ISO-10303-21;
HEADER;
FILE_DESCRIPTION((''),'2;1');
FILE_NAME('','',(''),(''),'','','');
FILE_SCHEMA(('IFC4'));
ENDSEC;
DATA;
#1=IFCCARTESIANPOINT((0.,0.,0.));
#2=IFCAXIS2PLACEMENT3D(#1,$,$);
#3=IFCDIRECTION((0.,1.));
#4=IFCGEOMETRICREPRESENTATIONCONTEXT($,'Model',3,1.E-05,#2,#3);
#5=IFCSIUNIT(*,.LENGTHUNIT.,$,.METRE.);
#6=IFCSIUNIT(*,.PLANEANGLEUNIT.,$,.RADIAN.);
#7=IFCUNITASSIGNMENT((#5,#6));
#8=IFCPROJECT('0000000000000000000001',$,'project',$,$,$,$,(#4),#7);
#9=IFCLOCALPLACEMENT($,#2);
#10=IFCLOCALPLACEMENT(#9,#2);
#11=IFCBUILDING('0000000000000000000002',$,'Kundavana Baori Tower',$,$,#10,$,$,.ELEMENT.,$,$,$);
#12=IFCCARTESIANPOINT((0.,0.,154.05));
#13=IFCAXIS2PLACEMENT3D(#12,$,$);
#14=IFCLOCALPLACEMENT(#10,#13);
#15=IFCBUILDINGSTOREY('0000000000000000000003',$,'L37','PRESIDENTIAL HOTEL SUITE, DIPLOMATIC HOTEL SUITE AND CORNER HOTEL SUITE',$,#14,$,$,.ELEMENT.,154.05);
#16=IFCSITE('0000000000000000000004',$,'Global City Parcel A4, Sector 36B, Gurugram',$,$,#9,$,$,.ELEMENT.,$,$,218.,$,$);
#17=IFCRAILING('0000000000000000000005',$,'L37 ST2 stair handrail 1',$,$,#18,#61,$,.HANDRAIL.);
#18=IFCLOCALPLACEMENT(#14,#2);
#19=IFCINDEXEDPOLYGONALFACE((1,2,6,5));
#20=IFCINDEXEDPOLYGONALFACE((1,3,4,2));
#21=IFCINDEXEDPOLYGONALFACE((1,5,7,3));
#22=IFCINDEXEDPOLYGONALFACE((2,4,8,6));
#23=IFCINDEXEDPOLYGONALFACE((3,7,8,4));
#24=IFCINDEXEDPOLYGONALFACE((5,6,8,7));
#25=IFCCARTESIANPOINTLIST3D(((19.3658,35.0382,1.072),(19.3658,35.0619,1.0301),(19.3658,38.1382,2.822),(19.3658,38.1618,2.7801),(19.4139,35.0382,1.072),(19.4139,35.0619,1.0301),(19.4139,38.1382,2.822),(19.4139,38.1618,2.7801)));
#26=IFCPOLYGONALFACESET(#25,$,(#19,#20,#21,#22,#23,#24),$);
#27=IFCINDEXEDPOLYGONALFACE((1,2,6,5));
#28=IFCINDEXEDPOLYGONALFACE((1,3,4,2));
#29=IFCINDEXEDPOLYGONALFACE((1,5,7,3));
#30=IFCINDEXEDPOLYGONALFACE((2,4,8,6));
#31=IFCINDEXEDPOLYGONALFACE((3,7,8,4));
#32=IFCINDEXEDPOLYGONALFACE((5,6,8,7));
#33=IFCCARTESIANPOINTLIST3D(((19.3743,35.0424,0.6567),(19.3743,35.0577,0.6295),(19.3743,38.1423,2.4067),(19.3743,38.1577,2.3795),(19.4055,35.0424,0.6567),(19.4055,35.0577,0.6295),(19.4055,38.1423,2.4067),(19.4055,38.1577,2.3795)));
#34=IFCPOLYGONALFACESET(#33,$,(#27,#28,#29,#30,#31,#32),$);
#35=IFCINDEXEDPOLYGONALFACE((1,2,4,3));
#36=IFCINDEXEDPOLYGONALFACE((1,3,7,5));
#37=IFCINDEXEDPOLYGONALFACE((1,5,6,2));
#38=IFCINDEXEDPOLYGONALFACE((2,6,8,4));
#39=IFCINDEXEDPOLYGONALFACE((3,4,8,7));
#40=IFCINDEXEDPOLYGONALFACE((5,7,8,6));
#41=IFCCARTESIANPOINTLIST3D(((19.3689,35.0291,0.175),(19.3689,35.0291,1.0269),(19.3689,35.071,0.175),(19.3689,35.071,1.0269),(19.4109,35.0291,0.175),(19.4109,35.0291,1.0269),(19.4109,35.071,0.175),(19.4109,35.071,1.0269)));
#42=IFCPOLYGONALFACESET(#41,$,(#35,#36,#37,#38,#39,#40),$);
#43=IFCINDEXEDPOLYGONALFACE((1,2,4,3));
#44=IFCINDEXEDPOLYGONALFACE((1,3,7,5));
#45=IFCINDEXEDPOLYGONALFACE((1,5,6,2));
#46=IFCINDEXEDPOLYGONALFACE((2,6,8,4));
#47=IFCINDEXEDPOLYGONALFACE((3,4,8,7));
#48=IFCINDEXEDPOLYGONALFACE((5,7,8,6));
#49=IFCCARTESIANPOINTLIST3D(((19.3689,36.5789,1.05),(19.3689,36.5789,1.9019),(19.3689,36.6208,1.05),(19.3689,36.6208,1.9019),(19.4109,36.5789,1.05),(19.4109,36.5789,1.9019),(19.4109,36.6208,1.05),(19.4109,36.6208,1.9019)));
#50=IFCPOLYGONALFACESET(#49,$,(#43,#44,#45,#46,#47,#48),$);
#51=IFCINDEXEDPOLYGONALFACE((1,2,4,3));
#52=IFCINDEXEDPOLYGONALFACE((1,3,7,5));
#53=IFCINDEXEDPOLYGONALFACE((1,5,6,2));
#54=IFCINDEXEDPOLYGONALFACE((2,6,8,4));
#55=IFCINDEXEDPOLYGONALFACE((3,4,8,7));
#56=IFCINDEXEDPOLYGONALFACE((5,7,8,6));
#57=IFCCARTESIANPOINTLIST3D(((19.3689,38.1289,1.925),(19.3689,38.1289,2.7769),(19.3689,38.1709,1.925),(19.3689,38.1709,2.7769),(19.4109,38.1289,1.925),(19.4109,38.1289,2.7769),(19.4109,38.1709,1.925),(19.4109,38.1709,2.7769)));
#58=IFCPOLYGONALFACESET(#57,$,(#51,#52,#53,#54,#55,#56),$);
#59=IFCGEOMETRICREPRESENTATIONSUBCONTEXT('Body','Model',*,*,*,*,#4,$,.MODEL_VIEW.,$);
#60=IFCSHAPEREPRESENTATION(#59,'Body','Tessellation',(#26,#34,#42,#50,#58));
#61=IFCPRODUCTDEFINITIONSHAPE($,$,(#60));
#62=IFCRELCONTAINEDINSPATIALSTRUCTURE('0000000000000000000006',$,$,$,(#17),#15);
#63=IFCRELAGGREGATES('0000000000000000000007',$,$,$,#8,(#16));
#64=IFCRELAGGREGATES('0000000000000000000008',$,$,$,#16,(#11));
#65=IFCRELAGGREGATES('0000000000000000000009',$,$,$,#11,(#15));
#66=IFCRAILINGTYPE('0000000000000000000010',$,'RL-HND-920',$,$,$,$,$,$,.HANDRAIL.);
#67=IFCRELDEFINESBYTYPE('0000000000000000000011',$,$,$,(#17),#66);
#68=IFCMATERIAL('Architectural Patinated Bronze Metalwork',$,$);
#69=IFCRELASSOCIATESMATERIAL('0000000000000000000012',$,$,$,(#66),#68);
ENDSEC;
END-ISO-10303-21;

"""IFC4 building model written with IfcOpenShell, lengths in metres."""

from ifc_helpers import new_model, si_unit, direction, frame, origin, origin_2d, place, context, subcontext, project, spatial, rectangle, extrude, material, type_object, element, save


model = new_model("IFC4")

# Units and contexts
model_context = context("Model", 3, precision=1e-05, world=origin(), true_north=direction((0.0, 1.0)))
body_context = subcontext(model_context, "Body", "Model", "MODEL_VIEW")
ifc_project = project(units=[si_unit("LENGTHUNIT", "METRE"), si_unit("PLANEANGLEUNIT", "RADIAN")], contexts=[model_context])

# Site, building, storey
site_placement = place(None, origin())
site = spatial("IfcSite", under=ifc_project, at=site_placement, Name="Global City Parcel A4, Sector 36B, Gurugram", CompositionType="ELEMENT", RefElevation=218.0)
building_placement = place(site_placement, origin())
building = spatial("IfcBuilding", under=site, at=building_placement, Name="Kundavana Baori Tower", CompositionType="ELEMENT")
storey_placement = place(building_placement, frame((0.0, 0.0, 154.05)))
storey = spatial("IfcBuildingStorey", under=building, at=storey_placement, Name="L37", Description="PRESIDENTIAL HOTEL SUITE, DIPLOMATIC HOTEL SUITE AND CORNER HOTEL SUITE", CompositionType="ELEMENT", Elevation=154.05)

# Railing
ifc_material_1 = material(Name="Architectural Patinated Bronze Metalwork")
railing_type_1 = type_object("IfcRailingType", Name="RL-HND-920", PredefinedType="HANDRAIL", material=ifc_material_1)
railing_1_placement = place(storey_placement, frame((19.3899, 35.05, 0.175)))
element("IfcRailing", 1, at=railing_1_placement, inside=storey, type_object=railing_type_1, Name="L37 ST2 stair handrail 1", PredefinedType="HANDRAIL", context=body_context, shape_type="SweptSolid", body=[
    extrude(rectangle(XDim=0.0481, YDim=0.0481, at=origin_2d()), frame((0.0, 0.0, 0.876), z_axis=(0.0, 0.870814, 0.491612), x_axis=(-1.0, 0.0, 0.0)), (0.0, 0.0, 1.0), 3.5598),
    extrude(rectangle(XDim=0.0312, YDim=0.0312, at=origin_2d()), frame((0.0, 0.0, 0.468), z_axis=(0.0, 0.870814, 0.491612), x_axis=(-1.0, 0.0, 0.0)), (0.0, 0.0, 1.0), 3.5598),
    extrude(rectangle(XDim=0.042, YDim=0.042, at=origin_2d()), origin(), (0.0, 0.0, 1.0), 0.8518),
    extrude(rectangle(XDim=0.042, YDim=0.042, at=origin_2d()), frame((0.0, 1.5498, 0.875)), (0.0, 0.0, 1.0), 0.8518),
    extrude(rectangle(XDim=0.042, YDim=0.042, at=origin_2d()), frame((0.0, 3.0999, 1.75)), (0.0, 0.0, 1.0), 0.8518),
])

save(model, "model.ifc")
